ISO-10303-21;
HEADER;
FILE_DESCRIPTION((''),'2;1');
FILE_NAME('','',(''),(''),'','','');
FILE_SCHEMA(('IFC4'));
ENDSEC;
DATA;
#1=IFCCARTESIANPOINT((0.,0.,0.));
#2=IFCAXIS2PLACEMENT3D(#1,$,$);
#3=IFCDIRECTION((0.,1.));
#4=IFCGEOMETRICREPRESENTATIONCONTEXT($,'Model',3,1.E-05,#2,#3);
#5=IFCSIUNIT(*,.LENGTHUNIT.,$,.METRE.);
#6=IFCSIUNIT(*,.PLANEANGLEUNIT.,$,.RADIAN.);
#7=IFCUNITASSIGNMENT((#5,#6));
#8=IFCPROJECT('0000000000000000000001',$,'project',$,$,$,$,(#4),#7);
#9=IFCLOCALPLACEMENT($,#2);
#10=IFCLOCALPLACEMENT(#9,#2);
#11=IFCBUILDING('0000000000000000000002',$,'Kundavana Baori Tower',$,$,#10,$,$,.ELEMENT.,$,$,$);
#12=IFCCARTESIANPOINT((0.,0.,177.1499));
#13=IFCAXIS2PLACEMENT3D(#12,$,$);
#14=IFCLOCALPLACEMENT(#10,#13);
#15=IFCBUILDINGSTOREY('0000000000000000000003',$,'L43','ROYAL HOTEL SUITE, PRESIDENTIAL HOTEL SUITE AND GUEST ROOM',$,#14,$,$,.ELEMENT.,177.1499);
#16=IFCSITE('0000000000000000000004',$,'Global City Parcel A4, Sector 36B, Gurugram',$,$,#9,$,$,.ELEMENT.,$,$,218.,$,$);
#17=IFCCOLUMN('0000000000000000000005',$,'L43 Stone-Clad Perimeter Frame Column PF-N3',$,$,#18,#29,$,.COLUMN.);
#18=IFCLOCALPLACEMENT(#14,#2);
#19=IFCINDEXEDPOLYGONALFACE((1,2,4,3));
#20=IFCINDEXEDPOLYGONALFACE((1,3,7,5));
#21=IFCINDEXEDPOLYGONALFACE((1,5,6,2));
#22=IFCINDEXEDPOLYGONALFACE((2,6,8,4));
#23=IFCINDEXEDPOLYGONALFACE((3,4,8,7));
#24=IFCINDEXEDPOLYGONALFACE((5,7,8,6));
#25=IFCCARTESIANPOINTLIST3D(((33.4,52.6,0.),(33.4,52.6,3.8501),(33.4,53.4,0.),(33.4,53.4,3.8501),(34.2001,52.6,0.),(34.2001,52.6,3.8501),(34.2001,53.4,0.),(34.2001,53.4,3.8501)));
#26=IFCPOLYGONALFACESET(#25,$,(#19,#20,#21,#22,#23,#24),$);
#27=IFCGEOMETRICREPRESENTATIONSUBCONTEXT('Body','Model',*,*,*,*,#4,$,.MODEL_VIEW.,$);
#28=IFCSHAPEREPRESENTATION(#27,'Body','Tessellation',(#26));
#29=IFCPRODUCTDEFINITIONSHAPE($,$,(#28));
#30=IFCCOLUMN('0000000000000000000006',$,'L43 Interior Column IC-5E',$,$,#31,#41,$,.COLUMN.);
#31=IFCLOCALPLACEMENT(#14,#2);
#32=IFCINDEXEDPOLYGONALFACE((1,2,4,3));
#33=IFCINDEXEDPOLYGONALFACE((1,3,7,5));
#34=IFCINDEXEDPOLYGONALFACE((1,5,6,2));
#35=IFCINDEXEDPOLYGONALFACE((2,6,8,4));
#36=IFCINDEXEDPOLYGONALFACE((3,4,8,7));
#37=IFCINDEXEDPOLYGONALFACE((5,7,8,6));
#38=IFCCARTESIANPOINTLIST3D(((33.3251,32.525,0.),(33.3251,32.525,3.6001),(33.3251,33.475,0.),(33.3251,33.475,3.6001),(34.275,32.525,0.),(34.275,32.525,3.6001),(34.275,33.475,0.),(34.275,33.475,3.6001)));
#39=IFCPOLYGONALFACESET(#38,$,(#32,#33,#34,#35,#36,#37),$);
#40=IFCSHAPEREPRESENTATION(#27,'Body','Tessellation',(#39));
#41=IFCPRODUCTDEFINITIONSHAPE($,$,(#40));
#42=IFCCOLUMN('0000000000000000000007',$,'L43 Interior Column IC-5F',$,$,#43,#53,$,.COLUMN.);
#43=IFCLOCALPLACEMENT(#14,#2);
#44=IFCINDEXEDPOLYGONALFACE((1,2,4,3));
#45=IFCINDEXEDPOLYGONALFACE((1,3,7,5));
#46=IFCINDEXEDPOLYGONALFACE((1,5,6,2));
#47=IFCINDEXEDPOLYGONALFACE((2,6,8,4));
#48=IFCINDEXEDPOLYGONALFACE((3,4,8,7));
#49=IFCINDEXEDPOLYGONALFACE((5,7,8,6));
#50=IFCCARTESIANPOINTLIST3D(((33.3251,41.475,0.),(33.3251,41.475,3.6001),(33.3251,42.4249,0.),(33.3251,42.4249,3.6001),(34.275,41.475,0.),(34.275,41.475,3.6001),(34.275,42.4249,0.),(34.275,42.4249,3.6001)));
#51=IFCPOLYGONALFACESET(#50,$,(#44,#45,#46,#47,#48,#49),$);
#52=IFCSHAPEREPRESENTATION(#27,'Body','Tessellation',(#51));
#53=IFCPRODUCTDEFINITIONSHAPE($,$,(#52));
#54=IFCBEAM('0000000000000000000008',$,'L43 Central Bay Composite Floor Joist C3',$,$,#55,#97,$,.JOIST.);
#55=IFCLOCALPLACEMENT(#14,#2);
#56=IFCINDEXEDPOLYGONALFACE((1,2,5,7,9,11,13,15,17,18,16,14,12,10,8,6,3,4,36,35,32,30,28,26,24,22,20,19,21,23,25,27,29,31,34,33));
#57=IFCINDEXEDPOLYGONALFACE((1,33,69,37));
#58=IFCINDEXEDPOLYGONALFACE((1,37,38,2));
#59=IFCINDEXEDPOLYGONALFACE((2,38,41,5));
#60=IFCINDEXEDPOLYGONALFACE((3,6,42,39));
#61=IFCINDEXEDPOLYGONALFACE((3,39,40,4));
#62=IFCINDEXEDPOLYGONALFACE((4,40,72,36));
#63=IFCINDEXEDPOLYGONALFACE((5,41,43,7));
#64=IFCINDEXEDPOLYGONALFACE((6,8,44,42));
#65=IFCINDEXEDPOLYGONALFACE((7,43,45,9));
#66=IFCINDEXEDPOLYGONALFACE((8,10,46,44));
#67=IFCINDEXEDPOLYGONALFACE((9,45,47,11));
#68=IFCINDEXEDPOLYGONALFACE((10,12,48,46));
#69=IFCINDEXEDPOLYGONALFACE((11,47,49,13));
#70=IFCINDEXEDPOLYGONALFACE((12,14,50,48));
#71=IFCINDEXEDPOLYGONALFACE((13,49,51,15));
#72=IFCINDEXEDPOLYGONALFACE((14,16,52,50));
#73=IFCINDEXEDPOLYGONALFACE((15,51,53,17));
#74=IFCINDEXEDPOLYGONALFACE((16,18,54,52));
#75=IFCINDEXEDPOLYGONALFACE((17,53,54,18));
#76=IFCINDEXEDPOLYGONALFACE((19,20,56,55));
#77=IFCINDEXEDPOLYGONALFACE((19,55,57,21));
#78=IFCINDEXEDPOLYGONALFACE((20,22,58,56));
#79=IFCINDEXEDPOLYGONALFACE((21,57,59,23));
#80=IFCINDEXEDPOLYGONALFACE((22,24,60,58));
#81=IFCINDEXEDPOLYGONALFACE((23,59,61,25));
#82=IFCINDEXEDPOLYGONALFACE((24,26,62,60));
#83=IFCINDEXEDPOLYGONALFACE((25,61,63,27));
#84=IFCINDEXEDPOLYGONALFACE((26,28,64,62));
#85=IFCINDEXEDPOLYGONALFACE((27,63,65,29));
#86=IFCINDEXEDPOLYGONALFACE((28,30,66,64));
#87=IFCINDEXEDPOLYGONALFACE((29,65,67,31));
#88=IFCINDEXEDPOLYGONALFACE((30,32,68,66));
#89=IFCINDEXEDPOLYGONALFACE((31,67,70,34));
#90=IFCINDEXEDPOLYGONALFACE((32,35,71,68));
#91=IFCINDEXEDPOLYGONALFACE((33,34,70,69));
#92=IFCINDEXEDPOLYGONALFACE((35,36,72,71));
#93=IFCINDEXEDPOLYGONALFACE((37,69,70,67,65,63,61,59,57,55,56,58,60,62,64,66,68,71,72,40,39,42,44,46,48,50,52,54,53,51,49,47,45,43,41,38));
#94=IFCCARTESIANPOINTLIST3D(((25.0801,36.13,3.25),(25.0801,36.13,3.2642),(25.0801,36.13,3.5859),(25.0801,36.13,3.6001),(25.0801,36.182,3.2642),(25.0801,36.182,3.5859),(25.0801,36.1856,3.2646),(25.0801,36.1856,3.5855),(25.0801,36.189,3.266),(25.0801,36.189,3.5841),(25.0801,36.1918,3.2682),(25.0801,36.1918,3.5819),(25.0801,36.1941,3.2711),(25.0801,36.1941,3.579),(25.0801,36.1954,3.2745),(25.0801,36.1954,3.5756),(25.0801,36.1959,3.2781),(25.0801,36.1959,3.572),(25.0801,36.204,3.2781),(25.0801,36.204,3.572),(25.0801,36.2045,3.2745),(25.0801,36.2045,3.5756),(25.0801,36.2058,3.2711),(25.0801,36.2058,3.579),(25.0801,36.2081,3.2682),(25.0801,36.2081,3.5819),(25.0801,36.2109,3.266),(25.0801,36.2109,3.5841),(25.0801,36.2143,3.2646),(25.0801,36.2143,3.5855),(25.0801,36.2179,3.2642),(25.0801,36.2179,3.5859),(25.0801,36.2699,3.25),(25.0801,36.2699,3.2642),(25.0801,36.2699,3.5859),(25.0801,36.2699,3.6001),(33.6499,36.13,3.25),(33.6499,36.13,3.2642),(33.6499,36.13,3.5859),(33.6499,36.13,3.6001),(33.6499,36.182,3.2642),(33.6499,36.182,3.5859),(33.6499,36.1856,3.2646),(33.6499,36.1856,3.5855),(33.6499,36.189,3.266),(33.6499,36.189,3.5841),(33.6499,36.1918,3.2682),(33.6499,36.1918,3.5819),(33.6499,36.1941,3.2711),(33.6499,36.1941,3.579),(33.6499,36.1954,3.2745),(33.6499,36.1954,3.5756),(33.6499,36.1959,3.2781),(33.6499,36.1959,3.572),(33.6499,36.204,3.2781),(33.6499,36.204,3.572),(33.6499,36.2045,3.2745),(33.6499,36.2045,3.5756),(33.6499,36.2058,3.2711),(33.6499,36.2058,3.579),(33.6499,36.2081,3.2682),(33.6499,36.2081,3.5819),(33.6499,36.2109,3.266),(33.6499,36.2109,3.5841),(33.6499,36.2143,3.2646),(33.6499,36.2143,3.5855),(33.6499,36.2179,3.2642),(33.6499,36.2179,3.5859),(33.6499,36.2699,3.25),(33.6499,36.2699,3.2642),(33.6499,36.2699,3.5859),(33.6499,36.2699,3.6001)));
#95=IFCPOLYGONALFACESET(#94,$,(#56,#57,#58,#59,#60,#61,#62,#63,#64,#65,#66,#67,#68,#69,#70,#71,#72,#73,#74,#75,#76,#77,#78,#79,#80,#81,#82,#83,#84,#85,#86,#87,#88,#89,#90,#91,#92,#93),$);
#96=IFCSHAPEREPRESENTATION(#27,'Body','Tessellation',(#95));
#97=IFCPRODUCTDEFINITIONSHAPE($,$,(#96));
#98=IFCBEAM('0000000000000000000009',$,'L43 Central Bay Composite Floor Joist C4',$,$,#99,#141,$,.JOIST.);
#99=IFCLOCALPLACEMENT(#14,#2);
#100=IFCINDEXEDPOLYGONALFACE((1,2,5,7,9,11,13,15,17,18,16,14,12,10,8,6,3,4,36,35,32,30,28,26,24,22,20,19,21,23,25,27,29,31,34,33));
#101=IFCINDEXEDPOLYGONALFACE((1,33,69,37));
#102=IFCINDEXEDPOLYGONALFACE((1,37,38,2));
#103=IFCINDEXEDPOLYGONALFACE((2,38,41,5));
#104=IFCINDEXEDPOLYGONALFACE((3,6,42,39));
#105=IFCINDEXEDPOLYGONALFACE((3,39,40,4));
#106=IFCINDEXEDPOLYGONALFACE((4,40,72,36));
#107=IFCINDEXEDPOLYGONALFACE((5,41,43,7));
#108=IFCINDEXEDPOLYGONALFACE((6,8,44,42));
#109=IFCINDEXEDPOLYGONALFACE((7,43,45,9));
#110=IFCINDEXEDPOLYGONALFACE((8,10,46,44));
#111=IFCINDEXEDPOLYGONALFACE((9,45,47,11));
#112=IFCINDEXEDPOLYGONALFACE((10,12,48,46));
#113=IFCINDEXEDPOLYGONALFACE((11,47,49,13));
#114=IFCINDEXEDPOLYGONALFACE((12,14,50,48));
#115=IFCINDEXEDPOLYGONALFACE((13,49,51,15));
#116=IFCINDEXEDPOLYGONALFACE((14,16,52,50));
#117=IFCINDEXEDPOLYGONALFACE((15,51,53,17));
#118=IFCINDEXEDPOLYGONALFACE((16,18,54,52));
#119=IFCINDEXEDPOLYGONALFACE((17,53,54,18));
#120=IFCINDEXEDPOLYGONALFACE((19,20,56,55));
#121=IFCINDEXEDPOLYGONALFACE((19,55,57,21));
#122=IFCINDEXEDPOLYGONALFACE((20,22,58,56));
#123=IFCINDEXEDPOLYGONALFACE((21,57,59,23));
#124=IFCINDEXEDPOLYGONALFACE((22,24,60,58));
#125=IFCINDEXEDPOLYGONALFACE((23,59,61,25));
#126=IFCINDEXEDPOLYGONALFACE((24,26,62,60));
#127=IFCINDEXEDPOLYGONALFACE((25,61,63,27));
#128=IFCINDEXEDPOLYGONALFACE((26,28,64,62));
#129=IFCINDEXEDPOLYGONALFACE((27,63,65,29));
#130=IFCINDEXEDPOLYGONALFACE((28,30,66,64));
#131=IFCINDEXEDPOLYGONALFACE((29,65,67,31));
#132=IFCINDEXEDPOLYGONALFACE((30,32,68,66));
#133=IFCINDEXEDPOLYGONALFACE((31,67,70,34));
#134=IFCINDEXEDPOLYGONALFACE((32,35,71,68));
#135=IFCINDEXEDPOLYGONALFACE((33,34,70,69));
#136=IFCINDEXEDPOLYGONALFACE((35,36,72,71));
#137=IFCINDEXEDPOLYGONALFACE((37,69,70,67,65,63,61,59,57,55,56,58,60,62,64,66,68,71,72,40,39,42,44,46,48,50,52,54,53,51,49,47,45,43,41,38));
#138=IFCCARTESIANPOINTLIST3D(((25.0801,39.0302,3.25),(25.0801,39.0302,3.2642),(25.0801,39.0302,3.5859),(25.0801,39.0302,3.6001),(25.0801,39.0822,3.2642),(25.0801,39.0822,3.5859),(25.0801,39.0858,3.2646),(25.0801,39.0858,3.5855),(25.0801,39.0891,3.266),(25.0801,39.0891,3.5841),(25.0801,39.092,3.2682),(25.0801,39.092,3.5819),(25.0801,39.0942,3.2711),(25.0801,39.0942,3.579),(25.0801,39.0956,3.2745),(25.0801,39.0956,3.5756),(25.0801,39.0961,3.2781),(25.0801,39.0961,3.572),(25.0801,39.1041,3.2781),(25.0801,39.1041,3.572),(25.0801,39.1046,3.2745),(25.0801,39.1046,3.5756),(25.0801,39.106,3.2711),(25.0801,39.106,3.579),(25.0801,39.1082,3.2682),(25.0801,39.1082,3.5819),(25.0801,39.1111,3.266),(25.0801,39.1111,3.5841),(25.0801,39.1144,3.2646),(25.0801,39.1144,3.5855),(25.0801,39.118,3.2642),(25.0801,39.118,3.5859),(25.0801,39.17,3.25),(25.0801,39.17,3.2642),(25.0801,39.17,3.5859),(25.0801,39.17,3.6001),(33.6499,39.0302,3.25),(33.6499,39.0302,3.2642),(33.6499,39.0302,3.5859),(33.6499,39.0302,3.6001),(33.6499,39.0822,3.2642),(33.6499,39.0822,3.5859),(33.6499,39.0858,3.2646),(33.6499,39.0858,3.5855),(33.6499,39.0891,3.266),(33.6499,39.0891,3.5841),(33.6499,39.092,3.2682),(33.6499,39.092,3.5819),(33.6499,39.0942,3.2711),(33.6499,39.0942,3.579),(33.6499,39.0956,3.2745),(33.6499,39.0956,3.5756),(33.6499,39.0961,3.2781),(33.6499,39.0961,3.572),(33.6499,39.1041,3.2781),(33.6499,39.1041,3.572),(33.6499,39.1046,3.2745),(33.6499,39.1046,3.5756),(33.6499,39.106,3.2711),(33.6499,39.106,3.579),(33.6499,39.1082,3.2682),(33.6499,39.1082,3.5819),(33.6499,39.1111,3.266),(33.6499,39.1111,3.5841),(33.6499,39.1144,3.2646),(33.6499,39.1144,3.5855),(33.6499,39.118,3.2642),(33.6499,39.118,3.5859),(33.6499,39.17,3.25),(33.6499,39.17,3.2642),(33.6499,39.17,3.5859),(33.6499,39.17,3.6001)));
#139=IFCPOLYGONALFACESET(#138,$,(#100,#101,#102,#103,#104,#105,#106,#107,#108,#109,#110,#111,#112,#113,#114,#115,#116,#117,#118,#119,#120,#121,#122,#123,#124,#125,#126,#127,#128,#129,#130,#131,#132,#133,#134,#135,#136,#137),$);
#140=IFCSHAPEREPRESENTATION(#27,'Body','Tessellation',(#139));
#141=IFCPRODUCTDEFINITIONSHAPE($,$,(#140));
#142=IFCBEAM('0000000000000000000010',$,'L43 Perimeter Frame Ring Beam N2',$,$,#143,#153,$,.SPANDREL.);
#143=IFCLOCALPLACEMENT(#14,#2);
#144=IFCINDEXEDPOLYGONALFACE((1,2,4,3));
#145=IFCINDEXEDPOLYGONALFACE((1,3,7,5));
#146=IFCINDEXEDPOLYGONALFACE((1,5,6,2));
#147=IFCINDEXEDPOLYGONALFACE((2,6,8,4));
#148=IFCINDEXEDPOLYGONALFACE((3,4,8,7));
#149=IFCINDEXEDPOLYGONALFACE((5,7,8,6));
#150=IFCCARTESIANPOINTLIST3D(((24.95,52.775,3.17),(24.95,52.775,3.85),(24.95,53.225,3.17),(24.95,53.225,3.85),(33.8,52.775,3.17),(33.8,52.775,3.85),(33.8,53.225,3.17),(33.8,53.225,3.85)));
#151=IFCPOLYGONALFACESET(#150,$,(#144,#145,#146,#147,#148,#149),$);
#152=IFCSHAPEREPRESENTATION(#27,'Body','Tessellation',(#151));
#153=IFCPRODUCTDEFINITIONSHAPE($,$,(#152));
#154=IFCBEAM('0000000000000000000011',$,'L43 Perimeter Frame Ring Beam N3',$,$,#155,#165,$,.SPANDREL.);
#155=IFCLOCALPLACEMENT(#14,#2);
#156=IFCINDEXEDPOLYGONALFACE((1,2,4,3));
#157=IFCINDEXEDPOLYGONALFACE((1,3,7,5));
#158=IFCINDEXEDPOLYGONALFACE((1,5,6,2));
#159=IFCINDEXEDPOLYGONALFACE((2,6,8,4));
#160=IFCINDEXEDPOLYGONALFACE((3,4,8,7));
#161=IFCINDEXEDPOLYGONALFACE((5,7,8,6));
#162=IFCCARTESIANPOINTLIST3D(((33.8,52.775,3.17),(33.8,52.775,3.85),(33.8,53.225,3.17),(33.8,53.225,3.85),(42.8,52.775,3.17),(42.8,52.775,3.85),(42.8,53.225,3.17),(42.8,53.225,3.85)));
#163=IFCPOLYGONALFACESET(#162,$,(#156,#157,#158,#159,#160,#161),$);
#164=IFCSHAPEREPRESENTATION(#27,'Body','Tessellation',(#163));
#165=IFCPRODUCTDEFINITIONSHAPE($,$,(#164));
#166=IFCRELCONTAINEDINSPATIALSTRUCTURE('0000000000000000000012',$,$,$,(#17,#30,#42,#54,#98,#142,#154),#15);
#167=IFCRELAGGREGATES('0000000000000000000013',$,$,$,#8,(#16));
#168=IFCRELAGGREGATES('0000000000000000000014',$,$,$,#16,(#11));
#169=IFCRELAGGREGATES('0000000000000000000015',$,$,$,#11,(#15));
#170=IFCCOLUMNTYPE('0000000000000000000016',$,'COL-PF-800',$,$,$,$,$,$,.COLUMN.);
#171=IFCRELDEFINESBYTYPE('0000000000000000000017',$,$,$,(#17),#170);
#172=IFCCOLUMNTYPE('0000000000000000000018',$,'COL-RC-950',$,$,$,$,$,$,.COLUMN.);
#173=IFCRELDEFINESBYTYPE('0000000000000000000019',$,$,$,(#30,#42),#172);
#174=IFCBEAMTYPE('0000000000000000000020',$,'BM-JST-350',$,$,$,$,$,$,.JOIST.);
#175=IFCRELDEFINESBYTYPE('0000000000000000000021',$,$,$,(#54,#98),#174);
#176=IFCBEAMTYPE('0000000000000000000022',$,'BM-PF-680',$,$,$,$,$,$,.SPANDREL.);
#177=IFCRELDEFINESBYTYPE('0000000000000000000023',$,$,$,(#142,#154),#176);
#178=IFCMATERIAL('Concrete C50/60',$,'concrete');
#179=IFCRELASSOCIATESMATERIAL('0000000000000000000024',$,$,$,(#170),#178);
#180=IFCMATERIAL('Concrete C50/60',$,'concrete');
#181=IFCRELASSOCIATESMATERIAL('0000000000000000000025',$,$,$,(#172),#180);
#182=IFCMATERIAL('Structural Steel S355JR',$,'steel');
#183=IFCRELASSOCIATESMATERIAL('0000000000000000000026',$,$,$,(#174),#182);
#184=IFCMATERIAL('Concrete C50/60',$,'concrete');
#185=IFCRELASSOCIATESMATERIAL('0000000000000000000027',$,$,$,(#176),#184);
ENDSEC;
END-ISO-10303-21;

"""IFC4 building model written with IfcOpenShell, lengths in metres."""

from ifc_helpers import new_model, si_unit, direction, frame, origin, origin_2d, place, context, subcontext, project, spatial, rectangle, i_section, extrude, material, material_profile, profile_set, type_object, element, save


model = new_model("IFC4")

# Units and contexts
model_context = context("Model", 3, precision=1e-05, world=origin(), true_north=direction((0.0, 1.0)))
body_context = subcontext(model_context, "Body", "Model", "MODEL_VIEW")
ifc_project = project(units=[si_unit("LENGTHUNIT", "METRE"), si_unit("PLANEANGLEUNIT", "RADIAN")], contexts=[model_context])

# Site, building, storey
site_placement = place(None, origin())
site = spatial("IfcSite", under=ifc_project, at=site_placement, Name="Global City Parcel A4, Sector 36B, Gurugram", CompositionType="ELEMENT", RefElevation=218.0)
building_placement = place(site_placement, origin())
building = spatial("IfcBuilding", under=site, at=building_placement, Name="Kundavana Baori Tower", CompositionType="ELEMENT")
storey_placement = place(building_placement, frame((0.0, 0.0, 177.1499)))
storey = spatial("IfcBuildingStorey", under=building, at=storey_placement, Name="L43", Description="ROYAL HOTEL SUITE, PRESIDENTIAL HOTEL SUITE AND GUEST ROOM", CompositionType="ELEMENT", Elevation=177.1499)

# Columns
ifc_material_1 = material(Name="Concrete C50/60", Category="concrete")
ifc_material_profile_1 = material_profile(ifc_material_1, rectangle(XDim=0.8, YDim=0.8, at=origin_2d()), Name="RC PF 800x800")
ifc_profile_set_1 = profile_set([ifc_material_profile_1], Name="Concrete C50/60")
column_type_1 = type_object("IfcColumnType", Name="COL-PF-800", PredefinedType="COLUMN", material=ifc_profile_set_1)
column_placement = place(storey_placement, frame((33.8, 53.0, 0.0), z_axis=(0.0, 0.0, 1.0), x_axis=(1.0, 0.0, 0.0)))
element("IfcColumn", 1, at=column_placement, inside=storey, type_object=column_type_1, Name="L43 Stone-Clad Perimeter Frame Column PF-N3", PredefinedType="COLUMN", context=body_context, shape_type="SweptSolid", body=[
    extrude(rectangle(XDim=0.8, YDim=0.8, at=origin_2d()), origin(), (0.0, 0.0, 1.0), 3.8501),
])
ifc_material_2 = material(Name="Concrete C50/60", Category="concrete")
ifc_material_profile_2 = material_profile(ifc_material_2, rectangle(XDim=0.95, YDim=0.95, at=origin_2d()), Name="RC 950x950")
ifc_profile_set_2 = profile_set([ifc_material_profile_2], Name="Concrete C50/60")
column_type_2 = type_object("IfcColumnType", Name="COL-RC-950", PredefinedType="COLUMN", material=ifc_profile_set_2)
for number, where, z_axis, x_axis, name in (
    (2, (33.8, 33.0, 0.0), (0.0, 0.0, 1.0), (1.0, 0.0, 0.0), "L43 Interior Column IC-5E"),
    (3, (33.8, 41.95, 0.0), (0.0, 0.0, 1.0), (1.0, 0.0, 0.0), "L43 Interior Column IC-5F"),
):
    element("IfcColumn", number, at=place(storey_placement, frame(where, z_axis=z_axis, x_axis=x_axis)), inside=storey, type_object=column_type_2, Name=name, PredefinedType="COLUMN", context=body_context, shape_type="SweptSolid", body=[
        extrude(rectangle(XDim=0.95, YDim=0.95, at=origin_2d()), origin(), (0.0, 0.0, 1.0), 3.6001),
    ])

# Beams
ifc_material_3 = material(Name="Structural Steel S355JR", Category="steel")
ifc_material_profile_3 = material_profile(ifc_material_3, i_section(OverallWidth=0.1399, OverallDepth=0.3501, WebThickness=0.0081, FlangeThickness=0.0142, FilletRadius=0.0139, at=origin_2d()), Name="ISMB 350")
ifc_profile_set_3 = profile_set([ifc_material_profile_3], Name="Structural Steel S355JR")
beam_type_1 = type_object("IfcBeamType", Name="BM-JST-350", PredefinedType="JOIST", material=ifc_profile_set_3)
for number, where, z_axis, x_axis, name in (
    (4, (25.0801, 36.2, 3.425), (1.0, 0.0, 0.0), (0.0, 1.0, 0.0), "L43 Central Bay Composite Floor Joist C3"),
    (5, (25.0801, 39.1001, 3.425), (1.0, 0.0, 0.0), (0.0, 1.0, 0.0), "L43 Central Bay Composite Floor Joist C4"),
):
    element("IfcBeam", number, at=place(storey_placement, frame(where, z_axis=z_axis, x_axis=x_axis)), inside=storey, type_object=beam_type_1, Name=name, PredefinedType="JOIST", context=body_context, shape_type="SweptSolid", body=[
        extrude(i_section(OverallWidth=0.1399, OverallDepth=0.3501, WebThickness=0.0081, FlangeThickness=0.0142, FilletRadius=0.0139, at=origin_2d()), origin(), (0.0, 0.0, 1.0), 8.5698),
    ])
ifc_material_4 = material(Name="Concrete C50/60", Category="concrete")
ifc_material_profile_4 = material_profile(ifc_material_4, rectangle(XDim=0.45, YDim=0.6799, at=origin_2d()), Name="RC BM 450x680")
ifc_profile_set_4 = profile_set([ifc_material_profile_4], Name="Concrete C50/60")
beam_type_2 = type_object("IfcBeamType", Name="BM-PF-680", PredefinedType="SPANDREL", material=ifc_profile_set_4)
beam_1_placement = place(storey_placement, frame((24.95, 53.0, 3.51), z_axis=(1.0, 0.0, 0.0), x_axis=(0.0, 1.0, 0.0)))
element("IfcBeam", 6, at=beam_1_placement, inside=storey, type_object=beam_type_2, Name="L43 Perimeter Frame Ring Beam N2", PredefinedType="SPANDREL", context=body_context, shape_type="SweptSolid", body=[
    extrude(rectangle(XDim=0.45, YDim=0.6799, at=origin_2d()), origin(), (0.0, 0.0, 1.0), 8.8501),
])
beam_2_placement = place(storey_placement, frame((33.8, 53.0, 3.51), z_axis=(1.0, 0.0, 0.0), x_axis=(0.0, 1.0, 0.0)))
element("IfcBeam", 7, at=beam_2_placement, inside=storey, type_object=beam_type_2, Name="L43 Perimeter Frame Ring Beam N3", PredefinedType="SPANDREL", context=body_context, shape_type="SweptSolid", body=[
    extrude(rectangle(XDim=0.45, YDim=0.6799, at=origin_2d()), origin(), (0.0, 0.0, 1.0), 9.0),
])

save(model, "model.ifc")
